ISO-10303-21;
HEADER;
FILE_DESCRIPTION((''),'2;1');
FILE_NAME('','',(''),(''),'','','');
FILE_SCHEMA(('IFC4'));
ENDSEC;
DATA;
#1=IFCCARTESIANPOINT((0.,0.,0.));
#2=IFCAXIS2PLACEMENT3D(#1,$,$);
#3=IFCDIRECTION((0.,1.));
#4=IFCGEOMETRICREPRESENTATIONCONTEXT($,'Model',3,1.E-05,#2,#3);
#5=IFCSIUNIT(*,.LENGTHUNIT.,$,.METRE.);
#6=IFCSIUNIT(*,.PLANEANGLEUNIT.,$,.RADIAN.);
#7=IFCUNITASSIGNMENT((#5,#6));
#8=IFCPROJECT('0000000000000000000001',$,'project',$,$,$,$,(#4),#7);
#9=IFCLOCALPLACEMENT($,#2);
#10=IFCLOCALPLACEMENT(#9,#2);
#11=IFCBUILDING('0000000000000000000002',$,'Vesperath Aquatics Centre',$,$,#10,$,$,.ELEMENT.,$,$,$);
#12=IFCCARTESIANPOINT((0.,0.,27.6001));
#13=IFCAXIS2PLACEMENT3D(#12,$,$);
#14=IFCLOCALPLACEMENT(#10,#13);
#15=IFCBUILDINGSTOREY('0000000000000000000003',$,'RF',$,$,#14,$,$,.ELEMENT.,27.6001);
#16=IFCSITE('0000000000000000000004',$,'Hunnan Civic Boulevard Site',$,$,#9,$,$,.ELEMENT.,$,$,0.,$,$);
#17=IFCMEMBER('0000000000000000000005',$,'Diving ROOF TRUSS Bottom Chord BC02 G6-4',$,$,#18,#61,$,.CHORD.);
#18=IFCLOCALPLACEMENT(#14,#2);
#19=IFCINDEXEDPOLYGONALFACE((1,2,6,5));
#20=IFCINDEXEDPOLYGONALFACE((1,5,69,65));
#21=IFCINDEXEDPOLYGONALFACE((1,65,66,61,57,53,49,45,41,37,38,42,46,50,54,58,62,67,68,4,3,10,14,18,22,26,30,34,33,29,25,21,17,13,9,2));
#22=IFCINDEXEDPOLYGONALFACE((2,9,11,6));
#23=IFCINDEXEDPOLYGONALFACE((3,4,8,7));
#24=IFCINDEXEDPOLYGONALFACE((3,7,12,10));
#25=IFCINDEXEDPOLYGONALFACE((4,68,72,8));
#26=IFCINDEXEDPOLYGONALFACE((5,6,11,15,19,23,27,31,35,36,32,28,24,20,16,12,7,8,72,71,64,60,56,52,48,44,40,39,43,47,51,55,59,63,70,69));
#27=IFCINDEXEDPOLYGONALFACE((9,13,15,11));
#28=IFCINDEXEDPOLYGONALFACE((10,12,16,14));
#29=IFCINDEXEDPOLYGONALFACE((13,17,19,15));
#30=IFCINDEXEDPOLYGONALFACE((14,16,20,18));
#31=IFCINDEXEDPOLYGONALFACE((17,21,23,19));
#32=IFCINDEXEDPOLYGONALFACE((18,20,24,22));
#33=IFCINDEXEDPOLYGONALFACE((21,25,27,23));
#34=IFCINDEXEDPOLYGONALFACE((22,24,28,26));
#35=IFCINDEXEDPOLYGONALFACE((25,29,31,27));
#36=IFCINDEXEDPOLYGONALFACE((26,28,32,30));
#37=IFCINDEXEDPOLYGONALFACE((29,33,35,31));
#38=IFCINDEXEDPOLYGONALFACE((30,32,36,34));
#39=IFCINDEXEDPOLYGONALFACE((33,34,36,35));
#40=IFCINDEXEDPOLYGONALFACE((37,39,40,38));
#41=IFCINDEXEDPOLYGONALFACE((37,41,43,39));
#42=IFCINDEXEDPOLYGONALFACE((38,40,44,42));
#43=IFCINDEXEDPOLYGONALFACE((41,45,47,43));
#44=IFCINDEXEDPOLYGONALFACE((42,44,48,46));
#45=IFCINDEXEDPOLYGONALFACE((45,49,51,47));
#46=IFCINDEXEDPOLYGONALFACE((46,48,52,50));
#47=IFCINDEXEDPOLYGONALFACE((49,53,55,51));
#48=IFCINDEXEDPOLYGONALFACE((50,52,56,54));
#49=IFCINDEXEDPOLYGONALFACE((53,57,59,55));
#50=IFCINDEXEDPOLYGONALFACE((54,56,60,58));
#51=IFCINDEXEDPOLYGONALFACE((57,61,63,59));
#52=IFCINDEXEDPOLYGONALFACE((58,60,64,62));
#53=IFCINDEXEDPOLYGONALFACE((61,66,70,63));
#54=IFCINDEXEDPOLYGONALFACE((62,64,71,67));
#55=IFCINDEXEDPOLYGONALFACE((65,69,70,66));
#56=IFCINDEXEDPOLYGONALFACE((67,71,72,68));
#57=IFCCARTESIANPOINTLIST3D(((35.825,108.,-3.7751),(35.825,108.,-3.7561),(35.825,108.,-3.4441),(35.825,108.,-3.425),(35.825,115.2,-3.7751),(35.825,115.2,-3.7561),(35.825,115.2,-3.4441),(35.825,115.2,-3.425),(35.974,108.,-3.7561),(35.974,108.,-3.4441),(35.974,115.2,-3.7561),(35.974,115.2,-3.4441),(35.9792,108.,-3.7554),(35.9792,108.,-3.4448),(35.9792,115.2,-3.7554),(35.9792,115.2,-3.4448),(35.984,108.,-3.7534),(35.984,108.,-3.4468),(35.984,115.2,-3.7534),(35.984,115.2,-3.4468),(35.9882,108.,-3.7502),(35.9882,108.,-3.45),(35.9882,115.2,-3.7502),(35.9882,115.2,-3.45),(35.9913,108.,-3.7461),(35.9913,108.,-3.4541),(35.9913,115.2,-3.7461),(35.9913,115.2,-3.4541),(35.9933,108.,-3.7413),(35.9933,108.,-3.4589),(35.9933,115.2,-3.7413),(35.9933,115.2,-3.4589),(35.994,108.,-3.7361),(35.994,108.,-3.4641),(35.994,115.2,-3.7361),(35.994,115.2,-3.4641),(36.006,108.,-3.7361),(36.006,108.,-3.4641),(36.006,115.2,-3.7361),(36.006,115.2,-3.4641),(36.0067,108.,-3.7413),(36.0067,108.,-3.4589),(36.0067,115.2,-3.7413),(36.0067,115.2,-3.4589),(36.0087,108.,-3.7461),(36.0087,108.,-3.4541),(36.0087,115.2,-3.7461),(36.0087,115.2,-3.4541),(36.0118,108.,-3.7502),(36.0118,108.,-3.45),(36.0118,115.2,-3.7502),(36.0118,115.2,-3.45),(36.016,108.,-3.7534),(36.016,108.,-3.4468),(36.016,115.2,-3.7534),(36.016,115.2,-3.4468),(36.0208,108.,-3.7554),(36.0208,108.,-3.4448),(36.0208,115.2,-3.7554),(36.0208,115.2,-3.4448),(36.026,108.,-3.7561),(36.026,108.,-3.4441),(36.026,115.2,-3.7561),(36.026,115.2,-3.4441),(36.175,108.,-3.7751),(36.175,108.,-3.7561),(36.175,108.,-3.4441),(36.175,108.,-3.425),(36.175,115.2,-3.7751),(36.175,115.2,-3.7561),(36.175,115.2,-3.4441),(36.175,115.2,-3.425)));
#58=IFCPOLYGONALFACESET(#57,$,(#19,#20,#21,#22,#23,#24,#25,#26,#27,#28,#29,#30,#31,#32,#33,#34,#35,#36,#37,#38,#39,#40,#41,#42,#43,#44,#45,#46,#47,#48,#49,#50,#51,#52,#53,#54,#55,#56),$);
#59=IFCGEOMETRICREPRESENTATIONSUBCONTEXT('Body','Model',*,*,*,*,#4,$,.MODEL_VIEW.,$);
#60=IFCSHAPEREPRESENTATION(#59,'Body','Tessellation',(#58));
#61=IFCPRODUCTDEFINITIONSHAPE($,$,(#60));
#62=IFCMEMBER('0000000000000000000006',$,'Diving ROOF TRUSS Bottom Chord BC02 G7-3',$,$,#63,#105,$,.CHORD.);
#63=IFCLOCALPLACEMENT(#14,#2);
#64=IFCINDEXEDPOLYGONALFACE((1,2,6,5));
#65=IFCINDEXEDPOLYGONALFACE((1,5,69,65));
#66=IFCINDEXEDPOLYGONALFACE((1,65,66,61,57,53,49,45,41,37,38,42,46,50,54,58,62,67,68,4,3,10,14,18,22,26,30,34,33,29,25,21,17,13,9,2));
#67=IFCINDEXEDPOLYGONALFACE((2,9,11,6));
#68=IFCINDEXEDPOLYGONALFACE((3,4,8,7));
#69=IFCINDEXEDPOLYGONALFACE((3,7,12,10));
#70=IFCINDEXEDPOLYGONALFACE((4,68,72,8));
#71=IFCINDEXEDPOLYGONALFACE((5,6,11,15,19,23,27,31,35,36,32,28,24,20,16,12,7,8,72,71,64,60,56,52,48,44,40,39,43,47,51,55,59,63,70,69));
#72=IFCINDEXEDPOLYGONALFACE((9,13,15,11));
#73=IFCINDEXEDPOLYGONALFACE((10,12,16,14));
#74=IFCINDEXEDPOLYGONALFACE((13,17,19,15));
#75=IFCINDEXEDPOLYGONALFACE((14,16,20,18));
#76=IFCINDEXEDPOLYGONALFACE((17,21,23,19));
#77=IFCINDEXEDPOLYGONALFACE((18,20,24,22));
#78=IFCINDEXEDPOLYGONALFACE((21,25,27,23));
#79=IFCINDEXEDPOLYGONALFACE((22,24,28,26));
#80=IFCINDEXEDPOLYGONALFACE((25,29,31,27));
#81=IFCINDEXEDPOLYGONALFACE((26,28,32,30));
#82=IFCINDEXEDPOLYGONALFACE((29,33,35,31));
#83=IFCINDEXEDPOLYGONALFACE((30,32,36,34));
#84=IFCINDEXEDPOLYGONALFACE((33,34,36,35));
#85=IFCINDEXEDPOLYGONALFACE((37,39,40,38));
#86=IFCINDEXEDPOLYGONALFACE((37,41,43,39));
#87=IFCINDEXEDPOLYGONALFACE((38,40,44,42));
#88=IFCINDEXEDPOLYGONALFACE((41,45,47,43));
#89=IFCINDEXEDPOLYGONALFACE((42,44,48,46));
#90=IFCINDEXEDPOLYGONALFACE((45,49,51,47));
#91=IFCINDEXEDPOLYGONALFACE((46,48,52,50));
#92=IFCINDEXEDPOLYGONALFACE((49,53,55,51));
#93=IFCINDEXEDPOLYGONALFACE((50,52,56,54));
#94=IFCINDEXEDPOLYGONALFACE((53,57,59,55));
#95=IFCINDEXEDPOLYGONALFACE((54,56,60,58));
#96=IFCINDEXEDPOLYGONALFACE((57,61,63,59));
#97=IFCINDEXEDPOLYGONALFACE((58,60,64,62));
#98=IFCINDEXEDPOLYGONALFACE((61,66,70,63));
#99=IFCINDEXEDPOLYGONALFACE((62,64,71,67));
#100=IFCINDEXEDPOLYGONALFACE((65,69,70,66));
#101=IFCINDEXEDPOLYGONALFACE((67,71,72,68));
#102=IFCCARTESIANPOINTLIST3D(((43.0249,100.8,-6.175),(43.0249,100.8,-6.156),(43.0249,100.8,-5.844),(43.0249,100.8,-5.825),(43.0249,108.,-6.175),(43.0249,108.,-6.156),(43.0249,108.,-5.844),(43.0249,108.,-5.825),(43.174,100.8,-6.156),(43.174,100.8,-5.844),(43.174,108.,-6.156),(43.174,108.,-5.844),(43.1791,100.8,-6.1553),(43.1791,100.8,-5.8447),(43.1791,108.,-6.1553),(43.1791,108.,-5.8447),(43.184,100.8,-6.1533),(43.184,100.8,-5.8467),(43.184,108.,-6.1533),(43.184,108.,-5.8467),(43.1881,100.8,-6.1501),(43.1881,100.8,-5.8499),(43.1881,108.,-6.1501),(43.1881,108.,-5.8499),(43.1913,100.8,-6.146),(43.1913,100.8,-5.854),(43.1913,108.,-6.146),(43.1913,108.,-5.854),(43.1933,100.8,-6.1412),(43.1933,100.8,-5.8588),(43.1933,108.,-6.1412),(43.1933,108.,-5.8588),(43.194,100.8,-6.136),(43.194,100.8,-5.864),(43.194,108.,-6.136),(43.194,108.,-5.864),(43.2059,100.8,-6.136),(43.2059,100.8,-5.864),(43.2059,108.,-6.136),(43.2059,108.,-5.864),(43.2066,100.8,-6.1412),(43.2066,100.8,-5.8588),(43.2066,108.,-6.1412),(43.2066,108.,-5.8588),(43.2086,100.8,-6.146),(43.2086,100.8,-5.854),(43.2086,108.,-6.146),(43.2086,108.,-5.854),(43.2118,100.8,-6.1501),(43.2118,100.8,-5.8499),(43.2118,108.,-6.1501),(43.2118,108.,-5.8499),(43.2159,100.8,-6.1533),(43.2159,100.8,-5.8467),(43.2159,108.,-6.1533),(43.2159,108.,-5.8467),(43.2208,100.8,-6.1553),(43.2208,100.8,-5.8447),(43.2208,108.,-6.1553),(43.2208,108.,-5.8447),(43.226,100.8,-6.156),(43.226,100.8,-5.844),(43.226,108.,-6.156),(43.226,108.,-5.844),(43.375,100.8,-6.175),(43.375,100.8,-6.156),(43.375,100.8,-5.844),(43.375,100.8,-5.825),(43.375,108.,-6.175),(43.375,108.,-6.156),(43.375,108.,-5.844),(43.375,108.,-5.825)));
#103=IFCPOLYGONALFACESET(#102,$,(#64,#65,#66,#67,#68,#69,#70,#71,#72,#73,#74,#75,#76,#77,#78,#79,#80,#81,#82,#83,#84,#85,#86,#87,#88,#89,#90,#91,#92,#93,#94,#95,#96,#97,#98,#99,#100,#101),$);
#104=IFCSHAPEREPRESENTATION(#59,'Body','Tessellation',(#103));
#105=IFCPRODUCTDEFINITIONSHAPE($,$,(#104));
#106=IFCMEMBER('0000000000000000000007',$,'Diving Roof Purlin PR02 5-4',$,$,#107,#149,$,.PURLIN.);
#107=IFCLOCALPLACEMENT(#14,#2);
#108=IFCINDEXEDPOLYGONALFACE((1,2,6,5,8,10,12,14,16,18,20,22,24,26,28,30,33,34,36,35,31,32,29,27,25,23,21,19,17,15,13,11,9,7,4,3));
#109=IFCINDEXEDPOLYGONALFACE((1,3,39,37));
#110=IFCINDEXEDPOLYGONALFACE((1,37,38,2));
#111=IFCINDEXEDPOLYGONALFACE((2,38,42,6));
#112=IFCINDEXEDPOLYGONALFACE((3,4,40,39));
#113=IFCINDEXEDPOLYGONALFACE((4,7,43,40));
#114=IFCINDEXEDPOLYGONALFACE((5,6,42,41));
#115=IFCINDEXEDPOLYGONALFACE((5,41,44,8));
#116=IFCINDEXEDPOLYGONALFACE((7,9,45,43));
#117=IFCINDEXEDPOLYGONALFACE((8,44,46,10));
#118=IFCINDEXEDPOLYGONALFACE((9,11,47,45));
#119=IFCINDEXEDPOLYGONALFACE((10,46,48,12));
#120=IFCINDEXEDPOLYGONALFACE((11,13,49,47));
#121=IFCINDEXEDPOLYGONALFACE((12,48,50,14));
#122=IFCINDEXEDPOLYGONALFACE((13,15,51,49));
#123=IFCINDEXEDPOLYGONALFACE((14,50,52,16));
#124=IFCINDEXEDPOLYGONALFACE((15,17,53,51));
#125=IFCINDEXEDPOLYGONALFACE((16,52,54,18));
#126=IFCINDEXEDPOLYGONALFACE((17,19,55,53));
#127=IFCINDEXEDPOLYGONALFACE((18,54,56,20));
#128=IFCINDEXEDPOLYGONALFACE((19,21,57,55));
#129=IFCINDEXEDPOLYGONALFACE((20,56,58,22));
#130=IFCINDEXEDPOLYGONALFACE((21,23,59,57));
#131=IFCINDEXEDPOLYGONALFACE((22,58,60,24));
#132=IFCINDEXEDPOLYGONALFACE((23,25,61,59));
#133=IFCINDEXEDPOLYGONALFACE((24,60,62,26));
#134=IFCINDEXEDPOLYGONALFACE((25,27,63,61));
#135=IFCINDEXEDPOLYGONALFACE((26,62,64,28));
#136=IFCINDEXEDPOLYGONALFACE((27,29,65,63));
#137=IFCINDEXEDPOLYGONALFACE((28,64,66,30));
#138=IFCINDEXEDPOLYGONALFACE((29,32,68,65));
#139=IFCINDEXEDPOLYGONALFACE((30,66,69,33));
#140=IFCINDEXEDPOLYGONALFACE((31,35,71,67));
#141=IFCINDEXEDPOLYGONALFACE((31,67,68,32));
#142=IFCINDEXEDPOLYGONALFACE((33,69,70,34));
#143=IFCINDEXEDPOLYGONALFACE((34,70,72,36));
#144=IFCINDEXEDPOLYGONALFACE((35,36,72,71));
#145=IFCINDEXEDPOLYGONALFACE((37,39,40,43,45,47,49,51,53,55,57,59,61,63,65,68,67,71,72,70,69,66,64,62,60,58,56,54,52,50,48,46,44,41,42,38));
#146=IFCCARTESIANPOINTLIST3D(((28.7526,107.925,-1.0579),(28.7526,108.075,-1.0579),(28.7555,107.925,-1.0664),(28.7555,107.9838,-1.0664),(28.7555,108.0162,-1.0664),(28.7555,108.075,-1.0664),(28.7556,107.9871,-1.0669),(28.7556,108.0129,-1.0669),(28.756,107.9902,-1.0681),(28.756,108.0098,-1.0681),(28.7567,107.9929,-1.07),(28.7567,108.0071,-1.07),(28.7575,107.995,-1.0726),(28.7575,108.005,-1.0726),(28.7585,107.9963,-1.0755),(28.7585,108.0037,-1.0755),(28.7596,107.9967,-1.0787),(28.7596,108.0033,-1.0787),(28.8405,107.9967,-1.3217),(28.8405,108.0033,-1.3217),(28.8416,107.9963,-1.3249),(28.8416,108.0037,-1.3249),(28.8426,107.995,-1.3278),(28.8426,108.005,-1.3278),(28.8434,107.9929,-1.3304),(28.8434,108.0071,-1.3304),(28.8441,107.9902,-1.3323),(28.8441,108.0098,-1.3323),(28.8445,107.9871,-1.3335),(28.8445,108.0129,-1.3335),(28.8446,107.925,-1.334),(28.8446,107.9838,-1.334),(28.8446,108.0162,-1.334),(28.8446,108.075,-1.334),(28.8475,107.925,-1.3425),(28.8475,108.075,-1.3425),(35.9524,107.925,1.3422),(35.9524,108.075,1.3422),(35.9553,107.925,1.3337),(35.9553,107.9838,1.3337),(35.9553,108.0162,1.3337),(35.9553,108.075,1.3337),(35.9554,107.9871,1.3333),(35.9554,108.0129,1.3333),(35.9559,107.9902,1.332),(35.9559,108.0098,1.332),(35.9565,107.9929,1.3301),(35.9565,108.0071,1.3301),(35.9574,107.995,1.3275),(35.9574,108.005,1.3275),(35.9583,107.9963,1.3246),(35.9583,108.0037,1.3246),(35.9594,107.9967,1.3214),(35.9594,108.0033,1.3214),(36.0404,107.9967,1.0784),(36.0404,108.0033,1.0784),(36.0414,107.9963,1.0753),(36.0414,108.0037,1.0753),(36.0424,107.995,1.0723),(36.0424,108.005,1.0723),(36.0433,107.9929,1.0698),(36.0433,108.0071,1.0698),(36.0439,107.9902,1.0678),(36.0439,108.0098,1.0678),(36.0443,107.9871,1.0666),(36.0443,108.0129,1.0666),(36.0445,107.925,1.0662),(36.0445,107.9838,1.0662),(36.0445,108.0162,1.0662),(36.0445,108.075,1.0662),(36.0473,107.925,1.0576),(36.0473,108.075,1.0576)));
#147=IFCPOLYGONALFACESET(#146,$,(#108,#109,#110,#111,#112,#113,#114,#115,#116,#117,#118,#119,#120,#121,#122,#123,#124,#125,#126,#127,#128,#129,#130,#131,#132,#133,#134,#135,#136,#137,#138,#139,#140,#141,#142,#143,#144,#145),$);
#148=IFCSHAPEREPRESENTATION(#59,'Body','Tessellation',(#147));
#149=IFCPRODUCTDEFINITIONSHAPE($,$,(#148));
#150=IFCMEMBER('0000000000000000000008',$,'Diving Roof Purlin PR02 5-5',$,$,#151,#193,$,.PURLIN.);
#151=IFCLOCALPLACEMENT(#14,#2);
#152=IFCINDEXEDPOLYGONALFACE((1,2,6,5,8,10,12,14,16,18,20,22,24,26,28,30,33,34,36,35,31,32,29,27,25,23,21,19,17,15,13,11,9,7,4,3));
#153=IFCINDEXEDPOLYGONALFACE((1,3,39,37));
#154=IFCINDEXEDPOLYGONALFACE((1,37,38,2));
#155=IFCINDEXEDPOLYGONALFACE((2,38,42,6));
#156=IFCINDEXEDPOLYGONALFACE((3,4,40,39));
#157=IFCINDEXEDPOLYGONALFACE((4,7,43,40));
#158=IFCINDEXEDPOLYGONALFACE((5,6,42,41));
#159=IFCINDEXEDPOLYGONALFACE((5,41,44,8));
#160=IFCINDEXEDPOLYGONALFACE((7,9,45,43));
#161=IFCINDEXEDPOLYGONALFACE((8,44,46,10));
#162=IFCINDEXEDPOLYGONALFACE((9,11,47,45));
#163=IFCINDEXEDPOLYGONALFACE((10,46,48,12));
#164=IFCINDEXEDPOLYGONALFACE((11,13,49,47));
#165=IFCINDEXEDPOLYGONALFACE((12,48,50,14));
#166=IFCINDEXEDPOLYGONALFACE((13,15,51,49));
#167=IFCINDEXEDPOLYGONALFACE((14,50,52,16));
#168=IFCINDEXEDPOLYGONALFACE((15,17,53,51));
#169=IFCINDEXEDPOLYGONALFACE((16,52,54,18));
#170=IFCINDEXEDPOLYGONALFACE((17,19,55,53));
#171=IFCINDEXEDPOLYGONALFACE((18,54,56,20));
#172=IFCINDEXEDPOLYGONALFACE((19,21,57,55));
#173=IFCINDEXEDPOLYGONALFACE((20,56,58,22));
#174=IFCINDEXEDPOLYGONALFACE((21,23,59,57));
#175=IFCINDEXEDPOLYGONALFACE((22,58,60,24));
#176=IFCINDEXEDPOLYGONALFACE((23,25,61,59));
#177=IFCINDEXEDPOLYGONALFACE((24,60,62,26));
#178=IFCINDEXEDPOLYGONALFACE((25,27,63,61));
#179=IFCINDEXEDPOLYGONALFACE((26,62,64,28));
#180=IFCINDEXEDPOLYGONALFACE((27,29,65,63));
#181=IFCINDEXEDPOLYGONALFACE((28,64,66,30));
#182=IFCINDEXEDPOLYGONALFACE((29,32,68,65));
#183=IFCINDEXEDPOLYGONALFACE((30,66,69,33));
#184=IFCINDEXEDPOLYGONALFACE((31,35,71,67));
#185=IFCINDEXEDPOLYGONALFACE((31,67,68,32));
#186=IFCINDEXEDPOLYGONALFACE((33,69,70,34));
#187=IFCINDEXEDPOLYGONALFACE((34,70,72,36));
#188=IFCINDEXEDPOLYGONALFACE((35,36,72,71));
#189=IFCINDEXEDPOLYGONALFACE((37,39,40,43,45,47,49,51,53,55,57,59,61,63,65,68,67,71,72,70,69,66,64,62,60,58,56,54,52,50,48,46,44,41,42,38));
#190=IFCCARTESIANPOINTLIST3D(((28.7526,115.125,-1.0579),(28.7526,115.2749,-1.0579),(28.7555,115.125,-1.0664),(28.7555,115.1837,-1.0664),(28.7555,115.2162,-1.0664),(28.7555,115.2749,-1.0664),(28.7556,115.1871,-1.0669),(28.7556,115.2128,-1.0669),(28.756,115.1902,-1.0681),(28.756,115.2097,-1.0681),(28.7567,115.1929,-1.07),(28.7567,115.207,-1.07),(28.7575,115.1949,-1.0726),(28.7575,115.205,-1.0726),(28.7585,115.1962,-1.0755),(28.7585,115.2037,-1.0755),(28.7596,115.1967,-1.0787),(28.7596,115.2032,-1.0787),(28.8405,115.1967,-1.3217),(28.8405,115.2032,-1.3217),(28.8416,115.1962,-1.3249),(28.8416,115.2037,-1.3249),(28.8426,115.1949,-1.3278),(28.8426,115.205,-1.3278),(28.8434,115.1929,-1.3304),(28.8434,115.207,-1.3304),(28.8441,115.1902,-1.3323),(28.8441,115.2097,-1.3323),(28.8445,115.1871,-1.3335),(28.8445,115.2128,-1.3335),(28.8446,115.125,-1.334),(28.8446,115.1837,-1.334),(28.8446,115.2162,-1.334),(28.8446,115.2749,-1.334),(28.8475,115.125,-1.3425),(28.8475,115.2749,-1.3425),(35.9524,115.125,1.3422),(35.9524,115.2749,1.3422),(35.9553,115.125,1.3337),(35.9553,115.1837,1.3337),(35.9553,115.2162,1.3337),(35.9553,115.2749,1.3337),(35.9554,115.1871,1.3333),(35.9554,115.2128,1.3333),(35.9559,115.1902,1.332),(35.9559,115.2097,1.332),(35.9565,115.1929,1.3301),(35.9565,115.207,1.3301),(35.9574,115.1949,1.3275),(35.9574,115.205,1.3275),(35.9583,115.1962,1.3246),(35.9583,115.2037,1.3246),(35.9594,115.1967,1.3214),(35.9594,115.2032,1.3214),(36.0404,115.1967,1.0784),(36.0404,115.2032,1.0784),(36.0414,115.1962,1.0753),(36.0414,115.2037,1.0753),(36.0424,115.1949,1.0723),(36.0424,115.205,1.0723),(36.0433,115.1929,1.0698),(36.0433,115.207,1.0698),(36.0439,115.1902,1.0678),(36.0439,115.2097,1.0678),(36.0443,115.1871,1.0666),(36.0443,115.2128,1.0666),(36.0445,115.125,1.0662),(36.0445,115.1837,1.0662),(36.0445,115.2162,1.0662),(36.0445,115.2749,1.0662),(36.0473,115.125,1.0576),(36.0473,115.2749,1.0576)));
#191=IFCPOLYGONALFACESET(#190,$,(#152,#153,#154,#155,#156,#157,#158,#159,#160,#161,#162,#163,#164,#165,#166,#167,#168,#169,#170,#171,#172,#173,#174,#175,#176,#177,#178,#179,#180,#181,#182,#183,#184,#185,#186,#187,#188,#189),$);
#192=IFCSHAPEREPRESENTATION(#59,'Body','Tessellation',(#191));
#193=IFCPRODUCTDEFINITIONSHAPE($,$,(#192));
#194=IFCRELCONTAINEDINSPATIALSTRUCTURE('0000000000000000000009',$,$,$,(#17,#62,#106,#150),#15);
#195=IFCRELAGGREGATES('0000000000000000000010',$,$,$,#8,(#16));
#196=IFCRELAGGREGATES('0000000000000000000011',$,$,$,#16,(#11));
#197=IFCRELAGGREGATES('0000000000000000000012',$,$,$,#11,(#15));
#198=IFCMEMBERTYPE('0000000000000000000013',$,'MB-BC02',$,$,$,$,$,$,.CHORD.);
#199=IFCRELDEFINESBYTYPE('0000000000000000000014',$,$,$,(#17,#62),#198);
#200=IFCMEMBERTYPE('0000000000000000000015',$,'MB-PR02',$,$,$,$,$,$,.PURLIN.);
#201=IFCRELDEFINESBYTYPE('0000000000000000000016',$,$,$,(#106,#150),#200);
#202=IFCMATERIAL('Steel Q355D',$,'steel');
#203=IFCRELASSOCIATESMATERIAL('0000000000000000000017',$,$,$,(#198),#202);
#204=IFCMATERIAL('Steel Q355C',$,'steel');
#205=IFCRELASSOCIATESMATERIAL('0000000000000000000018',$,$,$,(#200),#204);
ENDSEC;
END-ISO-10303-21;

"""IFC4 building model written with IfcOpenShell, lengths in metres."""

from ifc_helpers import new_model, si_unit, direction, frame, origin, origin_2d, place, context, subcontext, project, spatial, i_section, extrude, material, material_profile, profile_set, type_object, element, save


model = new_model("IFC4")

# Units and contexts
model_context = context("Model", 3, precision=1e-05, world=origin(), true_north=direction((0.0, 1.0)))
body_context = subcontext(model_context, "Body", "Model", "MODEL_VIEW")
ifc_project = project(units=[si_unit("LENGTHUNIT", "METRE"), si_unit("PLANEANGLEUNIT", "RADIAN")], contexts=[model_context])

# Site, building, storey
site_placement = place(None, origin())
site = spatial("IfcSite", under=ifc_project, at=site_placement, Name="Hunnan Civic Boulevard Site", CompositionType="ELEMENT", RefElevation=0.0)
building_placement = place(site_placement, origin())
building = spatial("IfcBuilding", under=site, at=building_placement, Name="Vesperath Aquatics Centre", CompositionType="ELEMENT")
storey_placement = place(building_placement, frame((0.0, 0.0, 27.6001)))
storey = spatial("IfcBuildingStorey", under=building, at=storey_placement, Name="RF", CompositionType="ELEMENT", Elevation=27.6001)

# Shared definitions
ifc_material_1 = material(Name="Steel Q355C", Category="steel")

# Members
ifc_material_2 = material(Name="Steel Q355D", Category="steel")
ifc_material_profile_1 = material_profile(ifc_material_2, i_section(OverallWidth=0.3501, OverallDepth=0.3501, WebThickness=0.012, FlangeThickness=0.019, FilletRadius=0.02, at=origin_2d()), Name="HW 350x350x12x19")
ifc_profile_set_1 = profile_set([ifc_material_profile_1], Name="Steel Q355D")
member_type_1 = type_object("IfcMemberType", Name="MB-BC02", PredefinedType="CHORD", material=ifc_profile_set_1)
for number, where, z_axis, x_axis, name in (
    (1, (36.0, 108.0, -3.6001), (0.0, 1.0, 0.0), (-1.0, 0.0, 0.0), "Diving ROOF TRUSS Bottom Chord BC02 G6-4"),
    (2, (43.2, 100.8, -6.0), (0.0, 1.0, 0.0), (-1.0, 0.0, 0.0), "Diving ROOF TRUSS Bottom Chord BC02 G7-3"),
):
    element("IfcMember", number, at=place(storey_placement, frame(where, z_axis=z_axis, x_axis=x_axis)), inside=storey, type_object=member_type_1, Name=name, PredefinedType="CHORD", context=body_context, shape_type="SweptSolid", body=[
        extrude(i_section(OverallWidth=0.3501, OverallDepth=0.3501, WebThickness=0.012, FlangeThickness=0.019, FilletRadius=0.02, at=origin_2d()), origin(), (0.0, 0.0, 1.0), 7.2),
    ])
ifc_material_profile_2 = material_profile(ifc_material_1, i_section(OverallWidth=0.1499, OverallDepth=0.3, WebThickness=0.0066, FlangeThickness=0.009, FilletRadius=0.0129, at=origin_2d()), Name="HN 300x150x6.5x9")
ifc_profile_set_2 = profile_set([ifc_material_profile_2], Name="Steel Q355C")
member_type_2 = type_object("IfcMemberType", Name="MB-PR02", PredefinedType="PURLIN", material=ifc_profile_set_2)
for number, where, z_axis, x_axis, name in (
    (3, (28.8, 108.0, -1.2002), (0.948677, 0.0, 0.316247), (0.0, 1.0, 0.0), "Diving Roof Purlin PR02 5-4"),
    (4, (28.8, 115.2, -1.2002), (0.948677, 0.0, 0.316247), (0.0, 1.0, 0.0), "Diving Roof Purlin PR02 5-5"),
):
    element("IfcMember", number, at=place(storey_placement, frame(where, z_axis=z_axis, x_axis=x_axis)), inside=storey, type_object=member_type_2, Name=name, PredefinedType="PURLIN", context=body_context, shape_type="SweptSolid", body=[
        extrude(i_section(OverallWidth=0.1499, OverallDepth=0.3, WebThickness=0.0066, FlangeThickness=0.009, FilletRadius=0.0129, at=origin_2d()), origin(), (0.0, 0.0, 1.0), 7.5894),
    ])

save(model, "model.ifc")
